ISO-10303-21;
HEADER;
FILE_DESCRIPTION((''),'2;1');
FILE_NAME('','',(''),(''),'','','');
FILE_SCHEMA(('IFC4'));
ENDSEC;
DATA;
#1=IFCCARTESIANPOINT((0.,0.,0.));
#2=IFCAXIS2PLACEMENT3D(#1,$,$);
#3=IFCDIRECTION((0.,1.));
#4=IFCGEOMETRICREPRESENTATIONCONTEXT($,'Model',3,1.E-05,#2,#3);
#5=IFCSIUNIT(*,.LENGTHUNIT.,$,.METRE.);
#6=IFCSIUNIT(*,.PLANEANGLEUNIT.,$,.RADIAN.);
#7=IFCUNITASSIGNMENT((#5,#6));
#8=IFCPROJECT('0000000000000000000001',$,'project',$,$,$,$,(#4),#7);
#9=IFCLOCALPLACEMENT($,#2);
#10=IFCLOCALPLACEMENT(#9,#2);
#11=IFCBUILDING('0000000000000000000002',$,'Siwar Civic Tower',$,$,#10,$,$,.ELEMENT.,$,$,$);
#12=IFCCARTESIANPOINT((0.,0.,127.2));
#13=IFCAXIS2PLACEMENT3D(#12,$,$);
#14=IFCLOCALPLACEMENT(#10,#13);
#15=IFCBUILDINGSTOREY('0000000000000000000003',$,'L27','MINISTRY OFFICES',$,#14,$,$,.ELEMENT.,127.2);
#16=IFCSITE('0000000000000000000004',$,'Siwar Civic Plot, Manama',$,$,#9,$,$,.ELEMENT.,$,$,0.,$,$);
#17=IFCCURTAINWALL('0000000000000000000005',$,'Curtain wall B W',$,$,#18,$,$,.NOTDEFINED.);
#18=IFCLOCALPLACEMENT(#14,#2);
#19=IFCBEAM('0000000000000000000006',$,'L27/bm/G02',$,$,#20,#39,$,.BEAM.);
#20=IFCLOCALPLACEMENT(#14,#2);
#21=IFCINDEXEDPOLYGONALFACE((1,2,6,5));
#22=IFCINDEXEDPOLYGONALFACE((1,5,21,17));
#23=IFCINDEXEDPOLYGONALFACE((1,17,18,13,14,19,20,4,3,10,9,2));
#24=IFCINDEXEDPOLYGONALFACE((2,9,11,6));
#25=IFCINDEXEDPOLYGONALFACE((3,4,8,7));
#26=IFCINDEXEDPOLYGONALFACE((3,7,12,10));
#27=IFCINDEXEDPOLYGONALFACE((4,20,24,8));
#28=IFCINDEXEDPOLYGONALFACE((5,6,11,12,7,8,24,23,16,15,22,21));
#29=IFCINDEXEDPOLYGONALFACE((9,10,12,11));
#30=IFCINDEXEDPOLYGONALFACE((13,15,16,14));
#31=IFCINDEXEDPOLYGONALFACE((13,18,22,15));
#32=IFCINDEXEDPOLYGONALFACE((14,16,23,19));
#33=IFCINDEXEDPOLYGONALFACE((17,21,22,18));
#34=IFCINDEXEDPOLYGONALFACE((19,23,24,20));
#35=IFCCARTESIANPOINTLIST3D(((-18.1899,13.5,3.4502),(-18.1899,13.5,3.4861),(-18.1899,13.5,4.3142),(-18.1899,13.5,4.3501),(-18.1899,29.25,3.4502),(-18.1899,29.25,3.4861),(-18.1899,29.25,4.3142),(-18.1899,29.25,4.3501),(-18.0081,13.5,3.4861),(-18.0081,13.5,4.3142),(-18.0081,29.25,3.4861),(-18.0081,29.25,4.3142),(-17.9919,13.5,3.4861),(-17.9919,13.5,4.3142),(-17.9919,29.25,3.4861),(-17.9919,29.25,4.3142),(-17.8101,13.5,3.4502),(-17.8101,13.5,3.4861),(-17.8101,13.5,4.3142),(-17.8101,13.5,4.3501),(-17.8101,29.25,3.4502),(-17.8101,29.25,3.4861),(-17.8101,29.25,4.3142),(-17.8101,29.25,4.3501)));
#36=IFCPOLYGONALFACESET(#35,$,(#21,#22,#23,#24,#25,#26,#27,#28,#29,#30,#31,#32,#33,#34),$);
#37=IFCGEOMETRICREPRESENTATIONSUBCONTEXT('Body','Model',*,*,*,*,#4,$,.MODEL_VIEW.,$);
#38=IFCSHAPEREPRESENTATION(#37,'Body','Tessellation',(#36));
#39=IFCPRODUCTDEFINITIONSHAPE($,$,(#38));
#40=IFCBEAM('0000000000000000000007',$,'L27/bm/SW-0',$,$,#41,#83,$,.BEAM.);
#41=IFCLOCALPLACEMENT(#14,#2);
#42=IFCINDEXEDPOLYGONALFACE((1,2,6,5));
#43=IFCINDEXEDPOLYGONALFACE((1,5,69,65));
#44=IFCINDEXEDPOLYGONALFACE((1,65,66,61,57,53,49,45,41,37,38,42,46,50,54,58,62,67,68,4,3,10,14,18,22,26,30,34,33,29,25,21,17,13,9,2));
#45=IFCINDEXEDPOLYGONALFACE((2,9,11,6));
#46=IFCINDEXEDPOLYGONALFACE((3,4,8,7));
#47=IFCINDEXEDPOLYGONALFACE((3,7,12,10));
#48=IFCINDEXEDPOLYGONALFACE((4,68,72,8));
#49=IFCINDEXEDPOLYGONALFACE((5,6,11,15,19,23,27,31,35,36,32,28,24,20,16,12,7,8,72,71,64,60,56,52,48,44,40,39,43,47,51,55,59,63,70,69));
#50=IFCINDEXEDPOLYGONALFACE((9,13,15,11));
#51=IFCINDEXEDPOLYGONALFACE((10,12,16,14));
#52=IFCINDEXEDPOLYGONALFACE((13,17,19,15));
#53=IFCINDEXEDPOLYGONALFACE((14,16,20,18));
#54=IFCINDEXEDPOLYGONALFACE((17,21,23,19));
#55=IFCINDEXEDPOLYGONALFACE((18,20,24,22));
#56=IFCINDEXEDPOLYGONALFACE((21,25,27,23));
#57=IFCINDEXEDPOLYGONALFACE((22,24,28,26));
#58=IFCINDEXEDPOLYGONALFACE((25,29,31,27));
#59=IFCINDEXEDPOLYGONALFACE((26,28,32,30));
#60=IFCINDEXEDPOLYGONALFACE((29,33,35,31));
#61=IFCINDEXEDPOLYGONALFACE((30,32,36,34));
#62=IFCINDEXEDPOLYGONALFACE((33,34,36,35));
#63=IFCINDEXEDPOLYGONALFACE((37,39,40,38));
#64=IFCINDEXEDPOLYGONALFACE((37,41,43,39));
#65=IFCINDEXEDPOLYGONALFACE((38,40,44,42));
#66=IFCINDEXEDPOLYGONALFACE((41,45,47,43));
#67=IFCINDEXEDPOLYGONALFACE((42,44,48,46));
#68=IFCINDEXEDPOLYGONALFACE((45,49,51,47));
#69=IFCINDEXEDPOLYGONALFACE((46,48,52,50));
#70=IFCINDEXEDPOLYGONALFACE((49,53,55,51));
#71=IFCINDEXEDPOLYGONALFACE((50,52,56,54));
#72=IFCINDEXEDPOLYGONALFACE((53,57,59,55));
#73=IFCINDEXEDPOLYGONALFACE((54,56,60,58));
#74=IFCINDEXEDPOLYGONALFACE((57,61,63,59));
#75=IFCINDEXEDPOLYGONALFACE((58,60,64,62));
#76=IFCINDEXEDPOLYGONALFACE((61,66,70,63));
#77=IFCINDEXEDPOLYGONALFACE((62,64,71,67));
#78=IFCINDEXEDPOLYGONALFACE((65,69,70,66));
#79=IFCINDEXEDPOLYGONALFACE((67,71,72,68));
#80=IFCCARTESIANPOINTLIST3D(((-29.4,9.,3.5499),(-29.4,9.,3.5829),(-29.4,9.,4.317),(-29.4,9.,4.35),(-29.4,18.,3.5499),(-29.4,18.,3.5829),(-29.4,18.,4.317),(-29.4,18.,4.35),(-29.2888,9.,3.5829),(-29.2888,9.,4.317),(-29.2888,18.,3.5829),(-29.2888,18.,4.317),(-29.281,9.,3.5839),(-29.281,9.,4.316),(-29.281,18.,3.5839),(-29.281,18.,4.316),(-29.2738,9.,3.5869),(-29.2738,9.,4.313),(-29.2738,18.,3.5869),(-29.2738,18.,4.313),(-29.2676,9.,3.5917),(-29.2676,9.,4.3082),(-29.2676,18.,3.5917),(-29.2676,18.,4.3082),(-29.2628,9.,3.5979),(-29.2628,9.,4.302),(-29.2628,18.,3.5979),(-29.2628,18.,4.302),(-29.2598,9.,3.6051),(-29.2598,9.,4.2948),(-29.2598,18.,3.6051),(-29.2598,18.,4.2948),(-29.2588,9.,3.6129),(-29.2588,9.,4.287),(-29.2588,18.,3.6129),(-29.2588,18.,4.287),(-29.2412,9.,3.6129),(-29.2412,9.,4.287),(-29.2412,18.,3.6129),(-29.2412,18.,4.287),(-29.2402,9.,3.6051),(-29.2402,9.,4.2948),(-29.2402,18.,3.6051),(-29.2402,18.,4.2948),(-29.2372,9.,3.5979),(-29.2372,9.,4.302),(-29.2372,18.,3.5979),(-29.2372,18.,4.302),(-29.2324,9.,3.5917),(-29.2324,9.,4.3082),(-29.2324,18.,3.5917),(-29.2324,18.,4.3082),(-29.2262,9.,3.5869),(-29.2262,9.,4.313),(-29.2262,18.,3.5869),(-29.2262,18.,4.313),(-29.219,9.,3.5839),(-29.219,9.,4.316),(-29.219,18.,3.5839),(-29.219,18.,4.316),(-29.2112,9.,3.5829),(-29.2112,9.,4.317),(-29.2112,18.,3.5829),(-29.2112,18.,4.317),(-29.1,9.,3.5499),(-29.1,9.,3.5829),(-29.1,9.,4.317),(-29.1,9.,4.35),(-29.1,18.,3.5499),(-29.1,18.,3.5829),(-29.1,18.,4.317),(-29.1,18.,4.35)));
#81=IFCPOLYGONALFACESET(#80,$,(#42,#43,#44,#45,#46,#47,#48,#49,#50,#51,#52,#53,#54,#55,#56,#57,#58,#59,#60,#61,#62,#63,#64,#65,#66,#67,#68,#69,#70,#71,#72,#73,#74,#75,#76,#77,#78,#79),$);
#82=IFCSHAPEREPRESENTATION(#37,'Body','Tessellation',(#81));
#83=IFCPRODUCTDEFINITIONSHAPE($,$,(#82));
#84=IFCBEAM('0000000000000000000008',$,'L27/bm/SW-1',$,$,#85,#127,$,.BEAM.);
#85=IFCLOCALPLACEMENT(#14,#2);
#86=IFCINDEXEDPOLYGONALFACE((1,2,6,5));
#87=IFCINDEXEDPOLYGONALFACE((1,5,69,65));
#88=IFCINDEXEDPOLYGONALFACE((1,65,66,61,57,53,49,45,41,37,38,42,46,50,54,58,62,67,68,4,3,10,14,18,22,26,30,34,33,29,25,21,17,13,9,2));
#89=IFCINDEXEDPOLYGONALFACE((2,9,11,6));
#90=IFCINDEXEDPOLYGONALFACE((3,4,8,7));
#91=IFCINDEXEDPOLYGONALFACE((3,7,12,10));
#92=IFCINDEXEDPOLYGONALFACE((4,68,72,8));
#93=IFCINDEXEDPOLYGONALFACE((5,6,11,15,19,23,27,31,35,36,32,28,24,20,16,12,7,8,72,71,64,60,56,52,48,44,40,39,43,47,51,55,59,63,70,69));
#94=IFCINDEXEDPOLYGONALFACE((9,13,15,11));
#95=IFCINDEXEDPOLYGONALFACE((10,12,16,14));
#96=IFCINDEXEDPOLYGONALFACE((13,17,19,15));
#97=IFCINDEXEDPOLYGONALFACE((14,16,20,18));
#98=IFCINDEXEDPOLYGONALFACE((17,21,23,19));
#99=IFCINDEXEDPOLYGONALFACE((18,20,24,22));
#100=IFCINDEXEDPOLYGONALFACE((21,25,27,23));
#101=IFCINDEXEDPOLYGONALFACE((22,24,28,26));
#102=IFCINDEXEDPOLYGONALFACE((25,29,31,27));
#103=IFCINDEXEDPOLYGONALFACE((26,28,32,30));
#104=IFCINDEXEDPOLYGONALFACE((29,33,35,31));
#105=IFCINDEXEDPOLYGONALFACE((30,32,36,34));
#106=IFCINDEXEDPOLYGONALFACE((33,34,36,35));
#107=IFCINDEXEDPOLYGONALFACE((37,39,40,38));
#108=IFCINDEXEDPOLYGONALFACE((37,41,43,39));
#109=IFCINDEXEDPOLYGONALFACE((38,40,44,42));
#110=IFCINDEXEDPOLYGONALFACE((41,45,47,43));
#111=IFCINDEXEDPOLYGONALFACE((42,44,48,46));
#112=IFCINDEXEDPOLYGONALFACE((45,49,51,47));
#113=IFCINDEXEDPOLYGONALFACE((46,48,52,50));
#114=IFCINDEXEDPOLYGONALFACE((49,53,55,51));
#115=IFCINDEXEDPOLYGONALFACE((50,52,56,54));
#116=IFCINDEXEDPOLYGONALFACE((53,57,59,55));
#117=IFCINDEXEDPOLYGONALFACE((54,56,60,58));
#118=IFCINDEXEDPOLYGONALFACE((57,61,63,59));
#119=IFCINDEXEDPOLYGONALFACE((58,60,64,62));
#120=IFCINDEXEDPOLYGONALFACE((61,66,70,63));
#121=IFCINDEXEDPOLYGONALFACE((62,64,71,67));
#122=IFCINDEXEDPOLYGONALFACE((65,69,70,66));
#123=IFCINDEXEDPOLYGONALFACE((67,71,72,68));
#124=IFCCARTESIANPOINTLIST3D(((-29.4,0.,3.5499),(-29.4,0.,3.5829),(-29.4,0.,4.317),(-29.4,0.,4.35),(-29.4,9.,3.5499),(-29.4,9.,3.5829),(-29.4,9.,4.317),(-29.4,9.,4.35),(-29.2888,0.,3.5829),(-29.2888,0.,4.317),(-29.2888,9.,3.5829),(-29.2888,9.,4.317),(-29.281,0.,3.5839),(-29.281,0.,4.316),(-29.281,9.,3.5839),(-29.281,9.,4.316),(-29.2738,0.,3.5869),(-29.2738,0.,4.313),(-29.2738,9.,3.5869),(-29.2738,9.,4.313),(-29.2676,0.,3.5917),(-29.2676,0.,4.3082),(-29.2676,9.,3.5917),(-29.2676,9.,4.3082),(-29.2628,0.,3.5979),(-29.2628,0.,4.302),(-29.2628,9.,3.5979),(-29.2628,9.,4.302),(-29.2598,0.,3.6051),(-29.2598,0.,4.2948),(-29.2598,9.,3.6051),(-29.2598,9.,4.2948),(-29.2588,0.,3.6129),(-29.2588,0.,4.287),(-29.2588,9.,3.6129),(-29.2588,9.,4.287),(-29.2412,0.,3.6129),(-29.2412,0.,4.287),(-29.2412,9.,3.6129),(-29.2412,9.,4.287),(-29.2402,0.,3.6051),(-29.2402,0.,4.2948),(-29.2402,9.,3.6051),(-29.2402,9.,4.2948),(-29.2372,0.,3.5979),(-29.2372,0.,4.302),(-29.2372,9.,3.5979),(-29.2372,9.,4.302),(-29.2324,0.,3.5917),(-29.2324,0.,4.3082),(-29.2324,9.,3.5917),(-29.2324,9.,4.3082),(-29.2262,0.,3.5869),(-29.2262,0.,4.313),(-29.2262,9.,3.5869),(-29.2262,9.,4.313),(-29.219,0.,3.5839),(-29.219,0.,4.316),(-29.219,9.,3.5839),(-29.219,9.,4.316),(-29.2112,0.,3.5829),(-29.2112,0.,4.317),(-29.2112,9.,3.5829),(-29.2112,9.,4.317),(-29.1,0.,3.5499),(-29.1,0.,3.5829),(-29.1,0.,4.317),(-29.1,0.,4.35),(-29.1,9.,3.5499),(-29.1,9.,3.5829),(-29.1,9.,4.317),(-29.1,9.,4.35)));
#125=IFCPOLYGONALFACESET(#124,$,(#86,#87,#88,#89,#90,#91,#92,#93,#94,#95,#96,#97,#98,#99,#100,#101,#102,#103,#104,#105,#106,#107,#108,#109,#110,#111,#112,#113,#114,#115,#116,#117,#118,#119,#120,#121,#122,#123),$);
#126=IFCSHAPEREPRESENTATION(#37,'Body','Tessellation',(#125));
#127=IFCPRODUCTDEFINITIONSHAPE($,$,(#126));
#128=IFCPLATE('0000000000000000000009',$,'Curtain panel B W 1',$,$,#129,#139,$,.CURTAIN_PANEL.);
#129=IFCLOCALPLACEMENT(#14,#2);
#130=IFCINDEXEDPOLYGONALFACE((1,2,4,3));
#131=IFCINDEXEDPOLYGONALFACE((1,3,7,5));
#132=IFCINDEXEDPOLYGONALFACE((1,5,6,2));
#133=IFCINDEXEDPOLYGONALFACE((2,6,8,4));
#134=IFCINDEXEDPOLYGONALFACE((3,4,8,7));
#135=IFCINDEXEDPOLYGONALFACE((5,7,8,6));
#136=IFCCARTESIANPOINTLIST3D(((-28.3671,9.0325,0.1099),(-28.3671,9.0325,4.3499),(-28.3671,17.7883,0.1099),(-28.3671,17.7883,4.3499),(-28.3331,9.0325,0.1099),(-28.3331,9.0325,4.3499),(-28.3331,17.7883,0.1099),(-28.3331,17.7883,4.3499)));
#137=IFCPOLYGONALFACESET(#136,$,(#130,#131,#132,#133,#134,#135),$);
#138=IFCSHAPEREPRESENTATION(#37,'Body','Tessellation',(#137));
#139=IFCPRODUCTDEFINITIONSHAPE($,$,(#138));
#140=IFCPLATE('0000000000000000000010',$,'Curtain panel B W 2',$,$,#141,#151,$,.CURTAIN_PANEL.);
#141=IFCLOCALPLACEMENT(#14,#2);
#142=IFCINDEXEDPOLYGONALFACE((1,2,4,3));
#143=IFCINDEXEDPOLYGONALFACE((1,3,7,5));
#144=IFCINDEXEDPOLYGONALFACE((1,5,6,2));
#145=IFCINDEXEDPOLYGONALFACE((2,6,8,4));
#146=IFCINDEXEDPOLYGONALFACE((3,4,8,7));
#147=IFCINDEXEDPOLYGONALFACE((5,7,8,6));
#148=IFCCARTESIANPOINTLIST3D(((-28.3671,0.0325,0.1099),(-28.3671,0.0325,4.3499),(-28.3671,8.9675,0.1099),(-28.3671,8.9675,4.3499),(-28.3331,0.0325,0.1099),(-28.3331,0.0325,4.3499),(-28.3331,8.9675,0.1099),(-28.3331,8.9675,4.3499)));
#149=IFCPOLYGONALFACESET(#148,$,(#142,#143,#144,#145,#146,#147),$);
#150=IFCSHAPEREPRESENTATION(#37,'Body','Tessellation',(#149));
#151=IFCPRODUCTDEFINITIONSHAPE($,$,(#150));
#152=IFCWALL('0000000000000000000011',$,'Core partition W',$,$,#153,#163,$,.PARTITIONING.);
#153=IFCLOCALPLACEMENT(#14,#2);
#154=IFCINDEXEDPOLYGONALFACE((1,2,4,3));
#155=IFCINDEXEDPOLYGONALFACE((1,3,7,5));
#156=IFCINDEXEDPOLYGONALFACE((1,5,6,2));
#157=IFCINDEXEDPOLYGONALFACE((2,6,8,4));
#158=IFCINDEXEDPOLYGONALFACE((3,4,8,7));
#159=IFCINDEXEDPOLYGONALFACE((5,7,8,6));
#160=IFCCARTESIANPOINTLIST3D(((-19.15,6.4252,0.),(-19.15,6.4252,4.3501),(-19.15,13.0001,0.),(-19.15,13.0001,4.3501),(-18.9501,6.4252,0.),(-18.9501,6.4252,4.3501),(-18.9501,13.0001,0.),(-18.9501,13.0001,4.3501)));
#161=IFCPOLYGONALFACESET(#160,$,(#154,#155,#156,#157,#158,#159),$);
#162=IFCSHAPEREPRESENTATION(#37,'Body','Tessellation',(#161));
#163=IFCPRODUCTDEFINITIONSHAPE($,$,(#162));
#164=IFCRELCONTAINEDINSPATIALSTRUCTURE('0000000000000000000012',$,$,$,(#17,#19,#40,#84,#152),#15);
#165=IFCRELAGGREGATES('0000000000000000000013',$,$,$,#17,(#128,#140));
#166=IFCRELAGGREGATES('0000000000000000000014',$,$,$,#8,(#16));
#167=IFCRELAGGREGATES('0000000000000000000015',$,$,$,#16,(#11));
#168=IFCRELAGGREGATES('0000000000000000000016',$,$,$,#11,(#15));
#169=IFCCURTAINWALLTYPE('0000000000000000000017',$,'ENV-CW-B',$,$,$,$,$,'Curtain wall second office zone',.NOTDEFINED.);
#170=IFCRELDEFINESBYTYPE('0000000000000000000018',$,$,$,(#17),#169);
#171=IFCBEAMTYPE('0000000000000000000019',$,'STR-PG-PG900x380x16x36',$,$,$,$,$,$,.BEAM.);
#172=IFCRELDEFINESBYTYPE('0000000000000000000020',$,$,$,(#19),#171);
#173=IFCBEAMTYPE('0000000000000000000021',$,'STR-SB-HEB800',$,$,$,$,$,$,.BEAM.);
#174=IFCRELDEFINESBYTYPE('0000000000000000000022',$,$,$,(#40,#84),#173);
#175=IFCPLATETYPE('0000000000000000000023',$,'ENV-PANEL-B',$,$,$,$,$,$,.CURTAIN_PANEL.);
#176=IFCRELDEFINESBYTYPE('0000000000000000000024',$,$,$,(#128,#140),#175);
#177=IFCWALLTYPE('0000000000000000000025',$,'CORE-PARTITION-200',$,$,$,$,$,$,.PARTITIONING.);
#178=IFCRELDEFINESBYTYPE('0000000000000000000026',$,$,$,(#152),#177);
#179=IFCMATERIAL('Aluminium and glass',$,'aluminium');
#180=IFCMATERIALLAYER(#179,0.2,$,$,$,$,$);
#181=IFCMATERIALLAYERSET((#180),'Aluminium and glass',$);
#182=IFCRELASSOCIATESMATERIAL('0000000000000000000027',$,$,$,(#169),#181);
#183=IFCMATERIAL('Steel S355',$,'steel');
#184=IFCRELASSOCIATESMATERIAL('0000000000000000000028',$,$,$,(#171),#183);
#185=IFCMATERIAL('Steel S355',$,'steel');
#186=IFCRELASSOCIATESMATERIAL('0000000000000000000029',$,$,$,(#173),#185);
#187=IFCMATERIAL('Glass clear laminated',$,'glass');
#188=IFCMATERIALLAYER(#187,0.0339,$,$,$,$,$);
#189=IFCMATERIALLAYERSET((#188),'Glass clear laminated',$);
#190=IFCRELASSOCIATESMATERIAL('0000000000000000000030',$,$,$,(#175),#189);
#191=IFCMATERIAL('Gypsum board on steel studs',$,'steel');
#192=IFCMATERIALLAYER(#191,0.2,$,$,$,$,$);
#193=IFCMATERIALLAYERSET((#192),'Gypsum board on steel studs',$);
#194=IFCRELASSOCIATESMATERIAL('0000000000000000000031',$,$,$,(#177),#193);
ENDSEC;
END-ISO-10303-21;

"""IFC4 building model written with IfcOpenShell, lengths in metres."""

from ifc_helpers import new_model, si_unit, direction, frame, frame_2d, origin, origin_2d, place, context, subcontext, project, spatial, rectangle, i_section, extrude, material, layer, layer_set, material_profile, profile_set, type_object, element, aggregate, save


model = new_model("IFC4")

# Units and contexts
model_context = context("Model", 3, precision=1e-05, world=origin(), true_north=direction((0.0, 1.0)))
body_context = subcontext(model_context, "Body", "Model", "MODEL_VIEW")
ifc_project = project(units=[si_unit("LENGTHUNIT", "METRE"), si_unit("PLANEANGLEUNIT", "RADIAN")], contexts=[model_context])

# Site, building, storey
site_placement = place(None, origin())
site = spatial("IfcSite", under=ifc_project, at=site_placement, Name="Siwar Civic Plot, Manama", CompositionType="ELEMENT", RefElevation=0.0)
building_placement = place(site_placement, origin())
building = spatial("IfcBuilding", under=site, at=building_placement, Name="Siwar Civic Tower", CompositionType="ELEMENT")
storey_placement = place(building_placement, frame((0.0, 0.0, 127.2)))
storey = spatial("IfcBuildingStorey", under=building, at=storey_placement, Name="L27", Description="MINISTRY OFFICES", CompositionType="ELEMENT", Elevation=127.2)

# Curtain wall
ifc_material_1 = material(Name="Aluminium and glass", Category="aluminium")
ifc_layer_1 = layer(ifc_material_1, 0.2)
ifc_layer_set_1 = layer_set([ifc_layer_1], Name="Aluminium and glass")
curtain_wall_type = type_object("IfcCurtainWallType", Name="ENV-CW-B", ElementType="Curtain wall second office zone", PredefinedType="NOTDEFINED", material=ifc_layer_set_1)
curtain_wall_placement = place(storey_placement, origin())
curtain_wall = element("IfcCurtainWall", 1, at=curtain_wall_placement, inside=storey, type_object=curtain_wall_type, Name="Curtain wall B W", PredefinedType="NOTDEFINED")

# Beams
ifc_material_2 = material(Name="Steel S355", Category="steel")
ifc_material_profile_1 = material_profile(ifc_material_2, i_section(OverallWidth=0.3799, OverallDepth=0.8999, WebThickness=0.0161, FlangeThickness=0.0359, at=origin_2d()), Name="PG900x380x16x36")
ifc_profile_set_1 = profile_set([ifc_material_profile_1], Name="Steel S355")
beam_type_1 = type_object("IfcBeamType", Name="STR-PG-PG900x380x16x36", PredefinedType="BEAM", material=ifc_profile_set_1)
beam_1_placement = place(storey_placement, frame((-18.0, 13.5, 3.9001), z_axis=(0.0, 1.0, 0.0), x_axis=(-1.0, 0.0, 0.0)))
element("IfcBeam", 2, at=beam_1_placement, inside=storey, type_object=beam_type_1, Name="L27/bm/G02", PredefinedType="BEAM", context=body_context, shape_type="SweptSolid", body=[
    extrude(i_section(OverallWidth=0.3799, OverallDepth=0.8999, WebThickness=0.0161, FlangeThickness=0.0359, at=origin_2d()), origin(), (0.0, 0.0, 1.0), 15.75),
])
ifc_material_3 = material(Name="Steel S355", Category="steel")
ifc_material_profile_2 = material_profile(ifc_material_3, i_section(OverallWidth=0.3, OverallDepth=0.8, WebThickness=0.0176, FlangeThickness=0.033, FilletRadius=0.03, at=origin_2d()), Name="HEB800")
ifc_profile_set_2 = profile_set([ifc_material_profile_2], Name="Steel S355")
beam_type_2 = type_object("IfcBeamType", Name="STR-SB-HEB800", PredefinedType="BEAM", material=ifc_profile_set_2)
for number, where, z_axis, x_axis, name in (
    (3, (-29.25, 18.0, 3.95), (0.0, -1.0, 0.0), (1.0, 0.0, 0.0), "L27/bm/SW-0"),
    (4, (-29.25, 9.0, 3.95), (0.0, -1.0, 0.0), (1.0, 0.0, 0.0), "L27/bm/SW-1"),
):
    element("IfcBeam", number, at=place(storey_placement, frame(where, z_axis=z_axis, x_axis=x_axis)), inside=storey, type_object=beam_type_2, Name=name, PredefinedType="BEAM", context=body_context, shape_type="SweptSolid", body=[
        extrude(i_section(OverallWidth=0.3, OverallDepth=0.8, WebThickness=0.0176, FlangeThickness=0.033, FilletRadius=0.03, at=origin_2d()), origin(), (0.0, 0.0, 1.0), 9.0),
    ])

# Plates
ifc_material_4 = material(Name="Glass clear laminated", Category="glass")
ifc_layer_2 = layer(ifc_material_4, 0.0339)
ifc_layer_set_2 = layer_set([ifc_layer_2], Name="Glass clear laminated")
plate_type = type_object("IfcPlateType", Name="ENV-PANEL-B", PredefinedType="CURTAIN_PANEL", material=ifc_layer_set_2)
plate_1_placement = place(storey_placement, frame((-28.3501, 13.4104, 0.1099), z_axis=(0.0, 0.0, 1.0), x_axis=(0.0, -1.0, 0.0)))
plate_1 = element("IfcPlate", 5, at=plate_1_placement, type_object=plate_type, Name="Curtain panel B W 1", PredefinedType="CURTAIN_PANEL", context=body_context, shape_type="SweptSolid", body=[
    extrude(rectangle(XDim=8.7559, YDim=0.0339, at=origin_2d()), origin(), (0.0, 0.0, 1.0), 4.24),
])
plate_2_placement = place(storey_placement, frame((-28.3501, 4.5, 0.1099), z_axis=(0.0, 0.0, 1.0), x_axis=(0.0, -1.0, 0.0)))
plate_2 = element("IfcPlate", 6, at=plate_2_placement, type_object=plate_type, Name="Curtain panel B W 2", PredefinedType="CURTAIN_PANEL", context=body_context, shape_type="SweptSolid", body=[
    extrude(rectangle(XDim=8.9351, YDim=0.0339, at=origin_2d()), origin(), (0.0, 0.0, 1.0), 4.24),
])
aggregate(curtain_wall, [plate_1, plate_2])

# Wall
ifc_material_5 = material(Name="Gypsum board on steel studs", Category="steel")
ifc_layer_3 = layer(ifc_material_5, 0.2)
ifc_layer_set_3 = layer_set([ifc_layer_3], Name="Gypsum board on steel studs")
wall_type_1 = type_object("IfcWallType", Name="CORE-PARTITION-200", PredefinedType="PARTITIONING", material=ifc_layer_set_3)
wall_1_placement = place(storey_placement, frame((-19.05, 6.425, 0.0), z_axis=(0.0, 0.0, 1.0), x_axis=(0.0, 1.0, 0.0)))
element("IfcWall", 7, at=wall_1_placement, inside=storey, type_object=wall_type_1, Name="Core partition W", PredefinedType="PARTITIONING", context=body_context, shape_type="SweptSolid", body=[
    extrude(rectangle(XDim=6.575, YDim=0.2, at=frame_2d((3.2876, 0.0))), origin(), (0.0, 0.0, 1.0), 4.3501),
])

save(model, "model.ifc")
